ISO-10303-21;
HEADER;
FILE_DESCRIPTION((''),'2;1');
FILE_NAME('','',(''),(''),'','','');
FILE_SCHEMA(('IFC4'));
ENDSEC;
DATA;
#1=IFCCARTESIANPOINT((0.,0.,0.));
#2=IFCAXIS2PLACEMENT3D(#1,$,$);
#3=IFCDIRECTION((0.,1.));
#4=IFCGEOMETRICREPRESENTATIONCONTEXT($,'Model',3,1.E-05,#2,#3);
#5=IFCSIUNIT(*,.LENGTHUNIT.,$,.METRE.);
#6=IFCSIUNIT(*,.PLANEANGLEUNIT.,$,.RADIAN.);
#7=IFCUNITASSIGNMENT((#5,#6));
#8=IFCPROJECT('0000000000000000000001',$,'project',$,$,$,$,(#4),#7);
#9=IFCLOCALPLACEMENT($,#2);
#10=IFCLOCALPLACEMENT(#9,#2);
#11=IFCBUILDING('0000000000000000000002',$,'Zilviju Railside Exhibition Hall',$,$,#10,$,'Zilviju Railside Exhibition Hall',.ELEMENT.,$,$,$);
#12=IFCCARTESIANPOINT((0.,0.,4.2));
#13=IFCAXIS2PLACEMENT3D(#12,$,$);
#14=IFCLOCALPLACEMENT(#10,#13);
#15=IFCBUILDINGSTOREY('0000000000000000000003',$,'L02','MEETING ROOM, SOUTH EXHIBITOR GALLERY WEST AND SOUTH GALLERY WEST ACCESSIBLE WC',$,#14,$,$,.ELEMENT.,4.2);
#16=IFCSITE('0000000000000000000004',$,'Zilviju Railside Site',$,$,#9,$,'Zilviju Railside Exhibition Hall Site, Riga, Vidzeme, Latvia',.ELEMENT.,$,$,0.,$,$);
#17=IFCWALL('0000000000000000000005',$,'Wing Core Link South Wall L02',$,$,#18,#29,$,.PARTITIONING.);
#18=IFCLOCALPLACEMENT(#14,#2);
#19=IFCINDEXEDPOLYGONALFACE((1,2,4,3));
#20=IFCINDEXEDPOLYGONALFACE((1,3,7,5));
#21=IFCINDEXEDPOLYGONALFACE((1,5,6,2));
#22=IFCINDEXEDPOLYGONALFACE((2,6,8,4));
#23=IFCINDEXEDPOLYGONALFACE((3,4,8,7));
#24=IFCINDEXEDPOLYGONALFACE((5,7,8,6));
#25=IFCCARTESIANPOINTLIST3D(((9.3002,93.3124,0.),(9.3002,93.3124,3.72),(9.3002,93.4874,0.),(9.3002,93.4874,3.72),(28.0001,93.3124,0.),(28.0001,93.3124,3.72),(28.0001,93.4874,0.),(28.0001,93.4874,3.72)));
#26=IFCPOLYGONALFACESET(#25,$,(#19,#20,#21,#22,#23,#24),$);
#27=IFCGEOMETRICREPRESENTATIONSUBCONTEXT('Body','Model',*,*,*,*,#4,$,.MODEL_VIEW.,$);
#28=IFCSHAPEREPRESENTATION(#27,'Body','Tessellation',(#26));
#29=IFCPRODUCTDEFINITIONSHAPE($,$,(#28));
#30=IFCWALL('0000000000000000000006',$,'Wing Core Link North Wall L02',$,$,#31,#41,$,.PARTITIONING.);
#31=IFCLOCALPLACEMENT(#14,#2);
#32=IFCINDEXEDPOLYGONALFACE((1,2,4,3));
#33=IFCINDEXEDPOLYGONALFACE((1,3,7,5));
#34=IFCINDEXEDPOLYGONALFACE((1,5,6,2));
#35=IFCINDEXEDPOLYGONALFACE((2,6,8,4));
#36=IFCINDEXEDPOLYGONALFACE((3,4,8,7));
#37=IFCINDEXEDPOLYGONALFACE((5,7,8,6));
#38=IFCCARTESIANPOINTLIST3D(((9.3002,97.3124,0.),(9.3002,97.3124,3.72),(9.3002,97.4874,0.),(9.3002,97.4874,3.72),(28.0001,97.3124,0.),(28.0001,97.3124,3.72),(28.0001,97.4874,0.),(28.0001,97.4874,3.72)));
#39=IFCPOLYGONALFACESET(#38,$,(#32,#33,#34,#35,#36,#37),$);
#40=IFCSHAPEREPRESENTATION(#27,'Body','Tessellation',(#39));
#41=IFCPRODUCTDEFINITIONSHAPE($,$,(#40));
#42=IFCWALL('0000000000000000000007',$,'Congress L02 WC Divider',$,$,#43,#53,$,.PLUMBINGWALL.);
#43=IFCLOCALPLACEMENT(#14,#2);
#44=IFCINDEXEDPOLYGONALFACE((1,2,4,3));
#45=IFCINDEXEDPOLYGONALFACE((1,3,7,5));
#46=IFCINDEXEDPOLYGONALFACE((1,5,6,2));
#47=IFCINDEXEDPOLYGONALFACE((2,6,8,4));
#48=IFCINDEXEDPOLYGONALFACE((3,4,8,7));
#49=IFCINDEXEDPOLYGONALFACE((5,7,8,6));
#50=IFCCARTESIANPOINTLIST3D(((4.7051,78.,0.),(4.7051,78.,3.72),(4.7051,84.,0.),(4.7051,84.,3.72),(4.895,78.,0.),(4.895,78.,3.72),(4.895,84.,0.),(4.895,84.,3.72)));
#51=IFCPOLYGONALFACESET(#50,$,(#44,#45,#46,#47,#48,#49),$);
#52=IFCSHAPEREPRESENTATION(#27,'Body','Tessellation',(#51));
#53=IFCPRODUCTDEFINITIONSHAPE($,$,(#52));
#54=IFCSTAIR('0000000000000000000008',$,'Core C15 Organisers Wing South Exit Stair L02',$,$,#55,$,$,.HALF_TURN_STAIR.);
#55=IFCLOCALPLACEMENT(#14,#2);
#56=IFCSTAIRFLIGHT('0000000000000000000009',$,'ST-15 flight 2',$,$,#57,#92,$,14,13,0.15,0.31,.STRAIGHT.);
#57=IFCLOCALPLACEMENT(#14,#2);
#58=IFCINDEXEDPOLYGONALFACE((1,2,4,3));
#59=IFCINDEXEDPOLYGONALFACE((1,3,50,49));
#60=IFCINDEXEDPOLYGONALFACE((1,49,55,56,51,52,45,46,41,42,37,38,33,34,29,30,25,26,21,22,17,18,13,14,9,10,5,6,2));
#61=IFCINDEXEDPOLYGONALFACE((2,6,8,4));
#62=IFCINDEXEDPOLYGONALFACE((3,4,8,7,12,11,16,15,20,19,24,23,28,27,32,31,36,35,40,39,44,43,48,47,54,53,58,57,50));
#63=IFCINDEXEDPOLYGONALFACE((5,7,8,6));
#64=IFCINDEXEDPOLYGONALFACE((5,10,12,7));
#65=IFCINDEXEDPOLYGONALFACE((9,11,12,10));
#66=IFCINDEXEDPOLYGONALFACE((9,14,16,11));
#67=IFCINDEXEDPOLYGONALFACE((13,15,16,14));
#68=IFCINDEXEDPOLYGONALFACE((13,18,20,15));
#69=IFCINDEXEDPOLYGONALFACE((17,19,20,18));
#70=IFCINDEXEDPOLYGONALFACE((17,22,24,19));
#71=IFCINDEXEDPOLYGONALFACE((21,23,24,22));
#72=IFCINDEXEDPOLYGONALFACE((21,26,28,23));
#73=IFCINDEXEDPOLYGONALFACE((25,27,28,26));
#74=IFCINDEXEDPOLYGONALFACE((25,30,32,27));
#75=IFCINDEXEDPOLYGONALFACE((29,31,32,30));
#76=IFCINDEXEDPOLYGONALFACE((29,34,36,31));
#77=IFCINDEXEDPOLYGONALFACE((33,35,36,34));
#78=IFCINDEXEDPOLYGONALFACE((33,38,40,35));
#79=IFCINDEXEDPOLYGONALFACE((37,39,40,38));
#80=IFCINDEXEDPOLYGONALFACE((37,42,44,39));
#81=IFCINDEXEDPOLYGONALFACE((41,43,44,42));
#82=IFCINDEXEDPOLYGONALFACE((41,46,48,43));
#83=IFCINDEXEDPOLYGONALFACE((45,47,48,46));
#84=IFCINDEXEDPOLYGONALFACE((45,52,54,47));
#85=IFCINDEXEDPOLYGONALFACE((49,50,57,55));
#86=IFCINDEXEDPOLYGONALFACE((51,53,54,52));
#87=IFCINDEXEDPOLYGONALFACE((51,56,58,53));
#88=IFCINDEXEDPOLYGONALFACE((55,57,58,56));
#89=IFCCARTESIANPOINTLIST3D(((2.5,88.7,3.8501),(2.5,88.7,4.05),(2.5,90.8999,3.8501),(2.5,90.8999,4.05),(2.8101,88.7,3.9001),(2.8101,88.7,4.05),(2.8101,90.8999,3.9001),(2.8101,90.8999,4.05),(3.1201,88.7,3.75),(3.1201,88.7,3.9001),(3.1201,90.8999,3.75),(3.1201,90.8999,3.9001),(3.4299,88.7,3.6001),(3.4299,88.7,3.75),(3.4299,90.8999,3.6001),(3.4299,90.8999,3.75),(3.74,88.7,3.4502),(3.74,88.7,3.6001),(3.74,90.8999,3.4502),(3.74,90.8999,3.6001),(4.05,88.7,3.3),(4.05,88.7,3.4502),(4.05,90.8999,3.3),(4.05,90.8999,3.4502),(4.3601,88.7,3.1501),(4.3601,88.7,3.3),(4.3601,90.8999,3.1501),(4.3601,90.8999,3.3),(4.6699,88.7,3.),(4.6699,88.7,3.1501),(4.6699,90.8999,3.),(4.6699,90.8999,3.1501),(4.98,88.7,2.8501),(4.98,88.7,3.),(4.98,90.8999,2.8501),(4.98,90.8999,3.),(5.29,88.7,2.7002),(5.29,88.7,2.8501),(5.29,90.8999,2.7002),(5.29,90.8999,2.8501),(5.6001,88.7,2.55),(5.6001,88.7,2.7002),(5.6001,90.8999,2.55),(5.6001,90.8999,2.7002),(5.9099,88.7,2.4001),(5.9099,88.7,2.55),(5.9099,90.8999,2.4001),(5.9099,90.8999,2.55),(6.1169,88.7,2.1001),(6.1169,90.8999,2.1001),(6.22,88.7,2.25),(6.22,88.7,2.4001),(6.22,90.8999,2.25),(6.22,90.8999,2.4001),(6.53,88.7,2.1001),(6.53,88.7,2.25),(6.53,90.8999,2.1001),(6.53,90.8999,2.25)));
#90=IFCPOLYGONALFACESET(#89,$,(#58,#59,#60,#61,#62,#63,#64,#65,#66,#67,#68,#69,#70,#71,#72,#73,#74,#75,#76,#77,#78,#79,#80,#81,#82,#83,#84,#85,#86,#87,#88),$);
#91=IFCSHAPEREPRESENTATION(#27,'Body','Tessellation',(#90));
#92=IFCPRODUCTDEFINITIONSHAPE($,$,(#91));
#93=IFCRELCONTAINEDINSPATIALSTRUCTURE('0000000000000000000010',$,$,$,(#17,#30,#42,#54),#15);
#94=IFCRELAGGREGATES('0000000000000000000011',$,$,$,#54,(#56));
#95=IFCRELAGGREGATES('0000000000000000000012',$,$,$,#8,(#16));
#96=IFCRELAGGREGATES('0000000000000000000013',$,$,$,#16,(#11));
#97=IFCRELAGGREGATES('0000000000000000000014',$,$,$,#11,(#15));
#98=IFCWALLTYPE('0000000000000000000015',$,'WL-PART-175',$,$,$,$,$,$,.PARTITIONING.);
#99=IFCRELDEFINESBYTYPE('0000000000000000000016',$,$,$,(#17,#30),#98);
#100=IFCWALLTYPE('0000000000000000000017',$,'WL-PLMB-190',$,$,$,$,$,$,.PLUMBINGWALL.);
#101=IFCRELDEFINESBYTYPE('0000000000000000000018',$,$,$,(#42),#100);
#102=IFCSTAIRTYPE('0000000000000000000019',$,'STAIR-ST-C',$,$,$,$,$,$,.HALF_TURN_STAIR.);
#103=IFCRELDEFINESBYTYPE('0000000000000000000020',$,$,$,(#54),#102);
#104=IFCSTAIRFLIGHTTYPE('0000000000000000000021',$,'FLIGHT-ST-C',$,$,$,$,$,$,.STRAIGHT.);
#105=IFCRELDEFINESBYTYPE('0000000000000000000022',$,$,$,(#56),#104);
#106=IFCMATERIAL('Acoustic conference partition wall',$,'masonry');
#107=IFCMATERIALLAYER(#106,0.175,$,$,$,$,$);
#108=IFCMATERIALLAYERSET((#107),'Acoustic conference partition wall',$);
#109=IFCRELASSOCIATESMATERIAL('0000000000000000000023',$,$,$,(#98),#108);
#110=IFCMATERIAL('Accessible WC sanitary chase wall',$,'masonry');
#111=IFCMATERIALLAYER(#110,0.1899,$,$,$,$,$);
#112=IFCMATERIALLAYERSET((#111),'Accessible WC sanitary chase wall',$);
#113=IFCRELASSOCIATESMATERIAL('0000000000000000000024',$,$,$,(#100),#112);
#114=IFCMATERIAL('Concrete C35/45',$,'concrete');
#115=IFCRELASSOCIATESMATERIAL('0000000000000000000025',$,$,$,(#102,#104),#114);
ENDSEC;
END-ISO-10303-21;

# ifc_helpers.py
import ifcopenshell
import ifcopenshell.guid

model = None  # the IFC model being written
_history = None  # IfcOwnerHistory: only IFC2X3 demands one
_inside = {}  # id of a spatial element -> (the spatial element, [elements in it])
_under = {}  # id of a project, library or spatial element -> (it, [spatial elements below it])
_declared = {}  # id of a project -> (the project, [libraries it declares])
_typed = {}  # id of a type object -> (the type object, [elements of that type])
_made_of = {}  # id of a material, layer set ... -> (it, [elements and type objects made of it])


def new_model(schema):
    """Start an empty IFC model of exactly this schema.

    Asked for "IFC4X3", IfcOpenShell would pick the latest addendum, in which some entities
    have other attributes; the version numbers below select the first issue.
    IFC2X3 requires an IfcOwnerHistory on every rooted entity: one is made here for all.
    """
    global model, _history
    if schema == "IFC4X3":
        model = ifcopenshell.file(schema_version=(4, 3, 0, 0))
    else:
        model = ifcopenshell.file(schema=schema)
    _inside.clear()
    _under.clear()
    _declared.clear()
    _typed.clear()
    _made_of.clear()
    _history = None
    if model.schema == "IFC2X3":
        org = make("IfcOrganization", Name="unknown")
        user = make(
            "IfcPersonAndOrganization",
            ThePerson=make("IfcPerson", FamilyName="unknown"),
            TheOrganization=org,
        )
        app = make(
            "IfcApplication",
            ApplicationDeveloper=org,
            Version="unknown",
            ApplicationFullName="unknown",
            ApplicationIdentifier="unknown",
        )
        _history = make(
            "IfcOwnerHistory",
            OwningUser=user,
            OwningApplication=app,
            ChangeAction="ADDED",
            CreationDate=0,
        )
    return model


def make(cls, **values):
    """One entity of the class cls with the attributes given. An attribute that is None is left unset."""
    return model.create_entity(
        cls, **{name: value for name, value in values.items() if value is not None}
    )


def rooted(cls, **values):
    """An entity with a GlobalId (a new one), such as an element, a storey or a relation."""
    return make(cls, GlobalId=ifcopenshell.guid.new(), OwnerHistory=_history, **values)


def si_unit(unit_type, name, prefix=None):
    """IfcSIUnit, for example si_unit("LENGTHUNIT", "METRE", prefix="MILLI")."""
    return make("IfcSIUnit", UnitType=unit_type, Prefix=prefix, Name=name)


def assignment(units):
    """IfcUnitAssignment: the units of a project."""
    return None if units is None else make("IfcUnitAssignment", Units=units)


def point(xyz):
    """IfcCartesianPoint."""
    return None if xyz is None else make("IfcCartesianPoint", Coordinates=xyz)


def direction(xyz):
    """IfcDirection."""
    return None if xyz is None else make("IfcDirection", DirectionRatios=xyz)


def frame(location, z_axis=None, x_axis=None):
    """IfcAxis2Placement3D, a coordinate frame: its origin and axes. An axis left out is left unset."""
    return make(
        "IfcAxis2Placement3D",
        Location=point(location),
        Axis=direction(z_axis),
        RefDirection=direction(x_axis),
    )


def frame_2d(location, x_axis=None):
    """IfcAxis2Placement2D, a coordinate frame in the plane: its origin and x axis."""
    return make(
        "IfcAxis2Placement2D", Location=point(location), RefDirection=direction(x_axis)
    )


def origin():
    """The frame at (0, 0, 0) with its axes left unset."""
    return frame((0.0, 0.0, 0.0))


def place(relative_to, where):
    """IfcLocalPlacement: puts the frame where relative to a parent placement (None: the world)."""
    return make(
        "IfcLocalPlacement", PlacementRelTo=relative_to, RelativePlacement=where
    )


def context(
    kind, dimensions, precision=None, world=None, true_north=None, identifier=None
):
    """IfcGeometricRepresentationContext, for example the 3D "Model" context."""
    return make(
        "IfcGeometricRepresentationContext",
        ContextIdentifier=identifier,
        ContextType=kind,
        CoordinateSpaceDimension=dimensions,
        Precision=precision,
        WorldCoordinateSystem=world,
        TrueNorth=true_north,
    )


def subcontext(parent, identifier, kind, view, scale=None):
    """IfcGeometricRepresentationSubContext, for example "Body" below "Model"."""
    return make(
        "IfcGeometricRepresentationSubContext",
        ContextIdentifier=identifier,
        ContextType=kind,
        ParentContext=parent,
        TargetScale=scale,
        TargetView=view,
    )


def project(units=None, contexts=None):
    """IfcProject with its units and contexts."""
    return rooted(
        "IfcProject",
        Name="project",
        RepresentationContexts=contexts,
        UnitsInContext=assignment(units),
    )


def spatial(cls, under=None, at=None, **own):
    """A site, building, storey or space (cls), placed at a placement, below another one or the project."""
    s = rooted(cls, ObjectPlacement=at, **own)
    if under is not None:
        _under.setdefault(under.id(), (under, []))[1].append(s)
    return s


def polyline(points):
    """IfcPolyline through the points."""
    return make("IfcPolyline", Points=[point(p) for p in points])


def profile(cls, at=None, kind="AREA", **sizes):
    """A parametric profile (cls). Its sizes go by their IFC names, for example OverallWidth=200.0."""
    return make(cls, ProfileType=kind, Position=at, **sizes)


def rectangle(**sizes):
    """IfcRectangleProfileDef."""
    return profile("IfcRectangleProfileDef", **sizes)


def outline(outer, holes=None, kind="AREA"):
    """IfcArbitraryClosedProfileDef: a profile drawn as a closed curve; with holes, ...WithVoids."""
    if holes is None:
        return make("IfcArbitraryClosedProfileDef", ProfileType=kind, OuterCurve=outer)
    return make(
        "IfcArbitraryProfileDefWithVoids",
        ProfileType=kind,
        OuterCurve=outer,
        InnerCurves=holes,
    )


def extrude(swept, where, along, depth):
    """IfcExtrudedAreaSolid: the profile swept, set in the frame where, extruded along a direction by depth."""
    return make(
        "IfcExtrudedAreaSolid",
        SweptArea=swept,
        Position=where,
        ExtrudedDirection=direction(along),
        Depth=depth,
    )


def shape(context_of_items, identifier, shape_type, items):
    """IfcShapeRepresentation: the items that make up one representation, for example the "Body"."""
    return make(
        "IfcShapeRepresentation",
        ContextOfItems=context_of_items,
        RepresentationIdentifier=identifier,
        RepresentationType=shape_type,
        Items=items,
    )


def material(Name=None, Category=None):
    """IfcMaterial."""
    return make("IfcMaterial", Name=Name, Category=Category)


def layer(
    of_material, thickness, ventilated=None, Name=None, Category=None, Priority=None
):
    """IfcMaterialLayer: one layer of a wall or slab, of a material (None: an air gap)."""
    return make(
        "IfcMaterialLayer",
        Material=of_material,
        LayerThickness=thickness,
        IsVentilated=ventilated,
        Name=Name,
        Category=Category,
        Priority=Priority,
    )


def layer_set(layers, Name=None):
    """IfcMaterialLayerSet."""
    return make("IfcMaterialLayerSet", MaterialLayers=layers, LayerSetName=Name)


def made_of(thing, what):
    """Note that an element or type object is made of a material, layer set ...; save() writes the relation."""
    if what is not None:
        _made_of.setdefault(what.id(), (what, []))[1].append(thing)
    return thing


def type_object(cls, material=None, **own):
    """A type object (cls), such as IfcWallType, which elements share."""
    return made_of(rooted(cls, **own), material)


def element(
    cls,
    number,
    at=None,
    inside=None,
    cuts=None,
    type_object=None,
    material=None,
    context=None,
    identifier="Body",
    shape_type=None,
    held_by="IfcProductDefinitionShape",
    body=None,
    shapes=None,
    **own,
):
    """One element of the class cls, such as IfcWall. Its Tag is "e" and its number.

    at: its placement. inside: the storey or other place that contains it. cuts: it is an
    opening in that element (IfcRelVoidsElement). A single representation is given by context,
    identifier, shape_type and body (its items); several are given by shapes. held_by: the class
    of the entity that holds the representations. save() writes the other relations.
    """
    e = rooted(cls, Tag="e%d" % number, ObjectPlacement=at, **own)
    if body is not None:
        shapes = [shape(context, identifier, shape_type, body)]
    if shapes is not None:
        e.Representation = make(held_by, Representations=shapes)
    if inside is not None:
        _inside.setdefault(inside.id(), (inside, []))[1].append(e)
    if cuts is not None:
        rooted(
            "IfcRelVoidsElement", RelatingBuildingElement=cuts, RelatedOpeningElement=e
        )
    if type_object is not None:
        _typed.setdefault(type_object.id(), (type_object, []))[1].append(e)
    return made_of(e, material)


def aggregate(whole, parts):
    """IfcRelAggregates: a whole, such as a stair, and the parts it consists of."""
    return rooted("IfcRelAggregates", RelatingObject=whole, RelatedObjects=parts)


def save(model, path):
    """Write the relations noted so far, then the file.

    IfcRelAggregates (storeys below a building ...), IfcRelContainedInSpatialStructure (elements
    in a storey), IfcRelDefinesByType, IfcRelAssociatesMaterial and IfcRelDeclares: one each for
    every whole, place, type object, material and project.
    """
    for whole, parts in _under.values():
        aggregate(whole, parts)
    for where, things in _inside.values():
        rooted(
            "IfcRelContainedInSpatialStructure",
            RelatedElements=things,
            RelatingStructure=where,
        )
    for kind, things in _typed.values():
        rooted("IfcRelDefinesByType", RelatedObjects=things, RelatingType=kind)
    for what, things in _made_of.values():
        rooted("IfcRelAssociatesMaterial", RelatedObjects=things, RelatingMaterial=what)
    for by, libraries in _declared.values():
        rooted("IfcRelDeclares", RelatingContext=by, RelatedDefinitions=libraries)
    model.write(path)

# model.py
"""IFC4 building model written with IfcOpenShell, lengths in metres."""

from ifc_helpers import new_model, si_unit, direction, frame, frame_2d, origin, place, context, subcontext, project, spatial, polyline, rectangle, outline, extrude, material, layer, layer_set, type_object, element, aggregate, save


model = new_model("IFC4")

# Units and contexts
model_context = context("Model", 3, precision=1e-05, world=origin(), true_north=direction((0.0, 1.0)))
body_context = subcontext(model_context, "Body", "Model", "MODEL_VIEW")
ifc_project = project(units=[si_unit("LENGTHUNIT", "METRE"), si_unit("PLANEANGLEUNIT", "RADIAN")], contexts=[model_context])

# Site, building, storey
site_placement = place(None, origin())
site = spatial("IfcSite", under=ifc_project, at=site_placement, Name="Zilviju Railside Site", LongName="Zilviju Railside Exhibition Hall Site, Riga, Vidzeme, Latvia", CompositionType="ELEMENT", RefElevation=0.0)
building_placement = place(site_placement, origin())
building = spatial("IfcBuilding", under=site, at=building_placement, Name="Zilviju Railside Exhibition Hall", LongName="Zilviju Railside Exhibition Hall", CompositionType="ELEMENT")
storey_placement = place(building_placement, frame((0.0, 0.0, 4.2)))
storey = spatial("IfcBuildingStorey", under=building, at=storey_placement, Name="L02", Description="MEETING ROOM, SOUTH EXHIBITOR GALLERY WEST AND SOUTH GALLERY WEST ACCESSIBLE WC", CompositionType="ELEMENT", Elevation=4.2)

# Shared definitions
ifc_material_1 = material(Name="Concrete C35/45", Category="concrete")

# Walls
ifc_material_2 = material(Name="Acoustic conference partition wall", Category="masonry")
ifc_layer_1 = layer(ifc_material_2, 0.175)
ifc_layer_set_1 = layer_set([ifc_layer_1], Name="Acoustic conference partition wall")
wall_type_1 = type_object("IfcWallType", Name="WL-PART-175", PredefinedType="PARTITIONING", material=ifc_layer_set_1)
for number, where, z_axis, x_axis, name in (
    (1, (9.3, 93.3999, 0.0), (0.0, 0.0, 1.0), (1.0, 0.0, 0.0), "Wing Core Link South Wall L02"),
    (2, (9.3, 97.3999, 0.0), (0.0, 0.0, 1.0), (1.0, 0.0, 0.0), "Wing Core Link North Wall L02"),
):
    element("IfcWall", number, at=place(storey_placement, frame(where, z_axis=z_axis, x_axis=x_axis)), inside=storey, type_object=wall_type_1, Name=name, PredefinedType="PARTITIONING", context=body_context, shape_type="SweptSolid", body=[
        extrude(rectangle(XDim=18.7, YDim=0.175, at=frame_2d((9.3501, 0.0))), origin(), (0.0, 0.0, 1.0), 3.72),
    ])
ifc_material_3 = material(Name="Accessible WC sanitary chase wall", Category="masonry")
ifc_layer_2 = layer(ifc_material_3, 0.1899)
ifc_layer_set_2 = layer_set([ifc_layer_2], Name="Accessible WC sanitary chase wall")
wall_type_2 = type_object("IfcWallType", Name="WL-PLMB-190", PredefinedType="PLUMBINGWALL", material=ifc_layer_set_2)
wall_1_placement = place(storey_placement, frame((4.8, 78.0, 0.0), z_axis=(0.0, 0.0, 1.0), x_axis=(0.0, 1.0, 0.0)))
element("IfcWall", 3, at=wall_1_placement, inside=storey, type_object=wall_type_2, Name="Congress L02 WC Divider", PredefinedType="PLUMBINGWALL", context=body_context, shape_type="SweptSolid", body=[
    extrude(rectangle(XDim=6.0, YDim=0.1899, at=frame_2d((3.0, 0.0))), origin(), (0.0, 0.0, 1.0), 3.72),
])

# Stair, stair flight
stair_type = type_object("IfcStairType", Name="STAIR-ST-C", PredefinedType="HALF_TURN_STAIR", material=ifc_material_1)
stair_placement = place(storey_placement, origin())
stair = element("IfcStair", 4, at=stair_placement, inside=storey, type_object=stair_type, Name="Core C15 Organisers Wing South Exit Stair L02", PredefinedType="HALF_TURN_STAIR")
stair_flight_type = type_object("IfcStairFlightType", Name="FLIGHT-ST-C", PredefinedType="STRAIGHT", material=ifc_material_1)
stair_flight_placement = place(storey_placement, frame((6.53, 89.8, 2.1001), z_axis=(0.0, 0.0, 1.0), x_axis=(-1.0, 0.0, 0.0)))
stair_flight = element("IfcStairFlight", 5, at=stair_flight_placement, type_object=stair_flight_type, Name="ST-15 flight 2", NumberOfRisers=14, NumberOfTreads=13, PredefinedType="STRAIGHT", RiserHeight=0.15, TreadLength=0.31, context=body_context, shape_type="SweptSolid", body=[
    extrude(outline(polyline([(0.0, 0.0), (0.0, 0.1499), (0.3101, 0.1499), (0.3101, 0.3), (0.6201, 0.3), (0.6201, 0.45), (0.9299, 0.45), (0.9299, 0.6001), (1.24, 0.6001), (1.24, 0.75), (1.55, 0.75), (1.55, 0.8999), (1.8601, 0.8999), (1.8601, 1.05), (2.1699, 1.05), (2.1699, 1.2), (2.48, 1.2), (2.48, 1.3501), (2.79, 1.3501), (2.79, 1.5), (3.1001, 1.5), (3.1001, 1.6499), (3.4099, 1.6499), (3.4099, 1.8), (3.72, 1.8), (3.72, 1.95), (4.03, 1.95), (4.03, 2.1001), (4.03, 1.75), (0.4131, 0.0), (0.0, 0.0)])), frame((0.0, 1.1001, 0.0), z_axis=(0.0, -1.0, 0.0), x_axis=(1.0, 0.0, 0.0)), (0.0, 0.0, 1.0), 2.2),
])
aggregate(stair, [stair_flight])

save(model, "model.ifc")
